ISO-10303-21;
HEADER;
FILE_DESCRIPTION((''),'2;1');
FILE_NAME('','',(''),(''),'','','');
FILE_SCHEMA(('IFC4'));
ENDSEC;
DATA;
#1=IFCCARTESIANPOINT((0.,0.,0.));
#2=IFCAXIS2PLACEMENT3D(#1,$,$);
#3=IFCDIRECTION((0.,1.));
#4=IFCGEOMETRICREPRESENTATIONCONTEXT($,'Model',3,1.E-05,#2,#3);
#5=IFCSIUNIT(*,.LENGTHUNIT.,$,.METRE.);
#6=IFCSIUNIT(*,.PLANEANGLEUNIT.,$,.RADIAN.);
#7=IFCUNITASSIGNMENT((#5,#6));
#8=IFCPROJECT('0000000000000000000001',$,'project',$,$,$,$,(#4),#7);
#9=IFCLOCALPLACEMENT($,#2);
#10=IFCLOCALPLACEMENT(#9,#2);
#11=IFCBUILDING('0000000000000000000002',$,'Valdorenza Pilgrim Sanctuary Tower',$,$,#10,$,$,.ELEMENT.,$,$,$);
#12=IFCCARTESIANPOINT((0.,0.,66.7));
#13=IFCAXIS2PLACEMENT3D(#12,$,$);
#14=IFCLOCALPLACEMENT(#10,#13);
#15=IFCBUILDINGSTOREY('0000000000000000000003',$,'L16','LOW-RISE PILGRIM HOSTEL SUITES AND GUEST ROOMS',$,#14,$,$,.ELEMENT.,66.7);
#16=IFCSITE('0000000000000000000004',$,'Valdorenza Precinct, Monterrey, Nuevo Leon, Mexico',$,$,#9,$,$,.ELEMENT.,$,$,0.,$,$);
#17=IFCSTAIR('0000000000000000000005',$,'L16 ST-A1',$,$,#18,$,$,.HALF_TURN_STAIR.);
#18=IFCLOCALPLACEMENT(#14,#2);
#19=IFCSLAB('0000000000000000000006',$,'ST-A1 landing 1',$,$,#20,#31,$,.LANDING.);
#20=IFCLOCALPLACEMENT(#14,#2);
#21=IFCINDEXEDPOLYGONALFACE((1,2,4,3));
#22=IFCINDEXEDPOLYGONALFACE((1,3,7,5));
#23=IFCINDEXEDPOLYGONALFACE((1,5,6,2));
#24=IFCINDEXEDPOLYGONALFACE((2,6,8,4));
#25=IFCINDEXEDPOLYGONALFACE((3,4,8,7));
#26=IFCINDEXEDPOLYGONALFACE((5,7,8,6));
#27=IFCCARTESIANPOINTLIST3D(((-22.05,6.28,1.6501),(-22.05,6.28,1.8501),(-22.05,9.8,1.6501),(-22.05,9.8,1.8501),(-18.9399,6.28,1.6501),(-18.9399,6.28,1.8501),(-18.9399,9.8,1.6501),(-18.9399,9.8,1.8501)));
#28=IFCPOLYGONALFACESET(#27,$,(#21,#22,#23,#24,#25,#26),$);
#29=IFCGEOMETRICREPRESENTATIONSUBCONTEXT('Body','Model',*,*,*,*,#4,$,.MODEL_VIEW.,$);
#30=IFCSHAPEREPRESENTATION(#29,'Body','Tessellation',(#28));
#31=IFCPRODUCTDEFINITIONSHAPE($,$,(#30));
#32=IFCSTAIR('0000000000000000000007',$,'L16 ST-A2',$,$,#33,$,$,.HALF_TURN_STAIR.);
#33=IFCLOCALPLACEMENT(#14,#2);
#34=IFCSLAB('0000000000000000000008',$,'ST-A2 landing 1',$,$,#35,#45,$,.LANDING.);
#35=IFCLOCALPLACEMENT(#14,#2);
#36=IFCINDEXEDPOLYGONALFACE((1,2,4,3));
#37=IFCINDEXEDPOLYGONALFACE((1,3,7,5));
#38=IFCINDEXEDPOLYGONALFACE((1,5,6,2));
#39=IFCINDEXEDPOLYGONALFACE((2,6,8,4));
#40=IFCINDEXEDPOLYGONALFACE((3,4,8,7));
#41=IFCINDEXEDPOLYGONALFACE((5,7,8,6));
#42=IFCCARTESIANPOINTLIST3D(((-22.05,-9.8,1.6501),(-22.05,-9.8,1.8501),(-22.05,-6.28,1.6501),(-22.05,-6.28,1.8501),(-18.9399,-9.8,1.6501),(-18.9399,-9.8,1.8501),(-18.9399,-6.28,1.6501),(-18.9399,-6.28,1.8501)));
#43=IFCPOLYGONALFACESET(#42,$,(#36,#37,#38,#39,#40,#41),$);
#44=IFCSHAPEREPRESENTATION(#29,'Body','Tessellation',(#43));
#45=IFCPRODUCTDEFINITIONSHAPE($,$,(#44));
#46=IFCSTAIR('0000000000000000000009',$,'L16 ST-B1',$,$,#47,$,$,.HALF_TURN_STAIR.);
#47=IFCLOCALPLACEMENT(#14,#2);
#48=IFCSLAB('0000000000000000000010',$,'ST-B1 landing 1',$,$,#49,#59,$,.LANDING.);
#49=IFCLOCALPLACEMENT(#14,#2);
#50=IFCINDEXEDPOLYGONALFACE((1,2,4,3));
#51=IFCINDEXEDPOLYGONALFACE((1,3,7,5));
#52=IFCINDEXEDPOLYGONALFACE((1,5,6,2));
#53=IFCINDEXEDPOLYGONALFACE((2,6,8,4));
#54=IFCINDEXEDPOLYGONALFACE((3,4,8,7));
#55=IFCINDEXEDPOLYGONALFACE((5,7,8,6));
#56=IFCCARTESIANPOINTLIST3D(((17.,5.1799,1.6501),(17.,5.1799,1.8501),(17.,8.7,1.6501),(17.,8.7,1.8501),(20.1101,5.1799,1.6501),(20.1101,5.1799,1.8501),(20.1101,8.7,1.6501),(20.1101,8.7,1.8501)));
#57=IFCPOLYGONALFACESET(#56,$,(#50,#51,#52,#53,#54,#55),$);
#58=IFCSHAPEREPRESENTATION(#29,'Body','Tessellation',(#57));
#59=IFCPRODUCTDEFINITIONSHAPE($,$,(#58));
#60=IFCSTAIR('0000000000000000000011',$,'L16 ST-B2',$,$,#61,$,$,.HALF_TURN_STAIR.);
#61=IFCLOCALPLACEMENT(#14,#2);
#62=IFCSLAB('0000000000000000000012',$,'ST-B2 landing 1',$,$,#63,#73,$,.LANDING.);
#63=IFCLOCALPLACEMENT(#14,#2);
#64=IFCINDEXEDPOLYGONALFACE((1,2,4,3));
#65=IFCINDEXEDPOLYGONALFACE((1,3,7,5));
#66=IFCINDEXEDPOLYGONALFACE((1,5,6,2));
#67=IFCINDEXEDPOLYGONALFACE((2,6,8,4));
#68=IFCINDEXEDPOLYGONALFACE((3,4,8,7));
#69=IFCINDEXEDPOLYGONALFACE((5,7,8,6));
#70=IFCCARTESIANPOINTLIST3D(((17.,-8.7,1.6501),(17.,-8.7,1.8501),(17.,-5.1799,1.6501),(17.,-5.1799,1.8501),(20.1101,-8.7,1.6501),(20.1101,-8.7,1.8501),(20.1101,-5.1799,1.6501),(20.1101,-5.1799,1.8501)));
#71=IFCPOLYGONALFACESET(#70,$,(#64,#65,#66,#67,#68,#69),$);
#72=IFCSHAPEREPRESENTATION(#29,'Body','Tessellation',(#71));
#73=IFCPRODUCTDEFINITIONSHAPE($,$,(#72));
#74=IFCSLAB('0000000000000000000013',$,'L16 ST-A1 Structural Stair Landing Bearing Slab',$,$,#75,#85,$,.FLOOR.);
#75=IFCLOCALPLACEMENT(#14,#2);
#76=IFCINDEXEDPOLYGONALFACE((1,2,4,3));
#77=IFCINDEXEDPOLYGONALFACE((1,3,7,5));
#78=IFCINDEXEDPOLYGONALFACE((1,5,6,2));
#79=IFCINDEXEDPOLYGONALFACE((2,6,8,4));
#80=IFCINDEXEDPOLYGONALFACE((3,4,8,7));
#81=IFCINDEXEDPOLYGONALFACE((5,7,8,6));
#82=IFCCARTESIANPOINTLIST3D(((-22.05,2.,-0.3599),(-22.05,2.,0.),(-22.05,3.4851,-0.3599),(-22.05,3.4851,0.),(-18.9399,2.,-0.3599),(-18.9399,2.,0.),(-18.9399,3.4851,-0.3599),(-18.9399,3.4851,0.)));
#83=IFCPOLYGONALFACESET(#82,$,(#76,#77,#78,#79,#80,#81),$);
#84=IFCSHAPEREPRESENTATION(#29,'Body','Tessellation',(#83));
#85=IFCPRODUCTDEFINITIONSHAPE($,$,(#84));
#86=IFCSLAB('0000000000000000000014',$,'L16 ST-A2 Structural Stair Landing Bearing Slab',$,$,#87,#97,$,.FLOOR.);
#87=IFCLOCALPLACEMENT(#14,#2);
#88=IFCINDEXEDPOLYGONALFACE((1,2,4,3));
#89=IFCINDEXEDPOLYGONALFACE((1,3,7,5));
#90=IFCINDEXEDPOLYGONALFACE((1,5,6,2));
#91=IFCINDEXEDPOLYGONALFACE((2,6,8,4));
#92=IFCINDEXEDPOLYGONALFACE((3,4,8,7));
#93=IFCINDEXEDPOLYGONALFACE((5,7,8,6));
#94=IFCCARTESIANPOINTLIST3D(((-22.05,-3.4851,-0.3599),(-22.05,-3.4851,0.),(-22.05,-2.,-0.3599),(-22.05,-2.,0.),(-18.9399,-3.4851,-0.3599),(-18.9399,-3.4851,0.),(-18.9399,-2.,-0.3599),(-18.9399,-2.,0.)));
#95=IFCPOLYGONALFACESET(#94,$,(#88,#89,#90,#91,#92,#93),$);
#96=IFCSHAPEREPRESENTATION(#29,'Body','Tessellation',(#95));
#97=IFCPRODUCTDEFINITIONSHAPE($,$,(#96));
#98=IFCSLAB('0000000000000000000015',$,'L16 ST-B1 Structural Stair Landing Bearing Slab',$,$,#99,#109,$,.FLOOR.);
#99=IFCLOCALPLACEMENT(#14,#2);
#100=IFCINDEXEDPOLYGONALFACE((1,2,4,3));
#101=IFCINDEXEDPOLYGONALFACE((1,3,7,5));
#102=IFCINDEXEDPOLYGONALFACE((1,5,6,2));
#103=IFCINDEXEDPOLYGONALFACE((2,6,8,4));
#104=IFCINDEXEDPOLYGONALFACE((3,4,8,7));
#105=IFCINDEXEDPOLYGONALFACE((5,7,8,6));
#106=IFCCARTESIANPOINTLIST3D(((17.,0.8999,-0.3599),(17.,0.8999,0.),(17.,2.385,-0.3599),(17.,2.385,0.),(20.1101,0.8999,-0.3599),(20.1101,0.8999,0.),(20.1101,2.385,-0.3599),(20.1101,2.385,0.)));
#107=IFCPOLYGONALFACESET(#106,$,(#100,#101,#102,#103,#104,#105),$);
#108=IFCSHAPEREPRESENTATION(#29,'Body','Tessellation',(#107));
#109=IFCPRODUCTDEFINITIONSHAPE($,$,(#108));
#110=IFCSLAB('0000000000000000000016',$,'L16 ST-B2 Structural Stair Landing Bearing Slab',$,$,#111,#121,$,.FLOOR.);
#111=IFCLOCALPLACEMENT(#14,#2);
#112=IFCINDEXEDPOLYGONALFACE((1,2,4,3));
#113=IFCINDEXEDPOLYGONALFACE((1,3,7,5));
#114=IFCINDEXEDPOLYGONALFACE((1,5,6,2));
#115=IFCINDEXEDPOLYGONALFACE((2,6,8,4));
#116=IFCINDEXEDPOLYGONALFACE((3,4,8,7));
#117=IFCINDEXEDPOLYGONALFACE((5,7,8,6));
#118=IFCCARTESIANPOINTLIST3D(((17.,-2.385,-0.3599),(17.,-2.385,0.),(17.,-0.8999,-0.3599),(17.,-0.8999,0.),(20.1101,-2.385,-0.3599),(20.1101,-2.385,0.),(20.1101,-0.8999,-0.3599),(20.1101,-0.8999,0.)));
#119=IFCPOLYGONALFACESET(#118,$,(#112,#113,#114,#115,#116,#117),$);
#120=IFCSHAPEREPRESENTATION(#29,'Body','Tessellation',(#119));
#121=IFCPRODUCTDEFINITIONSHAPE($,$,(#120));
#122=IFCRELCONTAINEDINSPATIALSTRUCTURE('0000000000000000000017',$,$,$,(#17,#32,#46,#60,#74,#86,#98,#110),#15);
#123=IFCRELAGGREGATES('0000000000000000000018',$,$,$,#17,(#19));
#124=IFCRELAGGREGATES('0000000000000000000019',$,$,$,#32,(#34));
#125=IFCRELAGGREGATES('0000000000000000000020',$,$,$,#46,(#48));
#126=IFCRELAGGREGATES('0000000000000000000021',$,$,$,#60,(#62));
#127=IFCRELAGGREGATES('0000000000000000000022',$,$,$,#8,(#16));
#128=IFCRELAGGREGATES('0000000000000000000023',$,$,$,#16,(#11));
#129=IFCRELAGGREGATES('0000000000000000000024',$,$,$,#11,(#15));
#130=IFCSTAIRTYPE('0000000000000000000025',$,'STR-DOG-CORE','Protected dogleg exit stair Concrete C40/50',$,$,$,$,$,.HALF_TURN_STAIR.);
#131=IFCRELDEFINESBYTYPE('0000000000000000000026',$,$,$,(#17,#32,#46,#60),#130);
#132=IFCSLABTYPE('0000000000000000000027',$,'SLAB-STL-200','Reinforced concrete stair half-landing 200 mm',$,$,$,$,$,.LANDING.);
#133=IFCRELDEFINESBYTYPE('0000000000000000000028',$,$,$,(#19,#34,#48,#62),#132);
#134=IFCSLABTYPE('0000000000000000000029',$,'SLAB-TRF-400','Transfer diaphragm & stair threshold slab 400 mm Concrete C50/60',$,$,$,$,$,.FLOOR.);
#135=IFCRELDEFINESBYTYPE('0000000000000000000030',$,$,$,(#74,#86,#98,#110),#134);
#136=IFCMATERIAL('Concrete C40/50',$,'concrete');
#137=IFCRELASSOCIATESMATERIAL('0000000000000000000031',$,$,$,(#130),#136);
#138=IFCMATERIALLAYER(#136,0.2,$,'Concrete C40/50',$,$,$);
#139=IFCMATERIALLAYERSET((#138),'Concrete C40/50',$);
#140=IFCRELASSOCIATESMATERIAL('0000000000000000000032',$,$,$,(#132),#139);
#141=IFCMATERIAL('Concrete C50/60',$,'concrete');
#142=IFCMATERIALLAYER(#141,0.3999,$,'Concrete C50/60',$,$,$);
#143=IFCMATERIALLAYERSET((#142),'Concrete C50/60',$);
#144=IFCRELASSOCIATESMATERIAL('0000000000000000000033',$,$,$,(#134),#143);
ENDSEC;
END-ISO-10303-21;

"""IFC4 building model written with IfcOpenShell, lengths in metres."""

from ifc_helpers import new_model, si_unit, direction, frame, origin, place, context, subcontext, project, spatial, polyline, outline, extrude, material, layer, layer_set, type_object, element, aggregate, save


model = new_model("IFC4")

# Units and contexts
model_context = context("Model", 3, precision=1e-05, world=origin(), true_north=direction((0.0, 1.0)))
body_context = subcontext(model_context, "Body", "Model", "MODEL_VIEW")
ifc_project = project(units=[si_unit("LENGTHUNIT", "METRE"), si_unit("PLANEANGLEUNIT", "RADIAN")], contexts=[model_context])

# Site, building, storey
site_placement = place(None, origin())
site = spatial("IfcSite", under=ifc_project, at=site_placement, Name="Valdorenza Precinct, Monterrey, Nuevo Leon, Mexico", CompositionType="ELEMENT", RefElevation=0.0)
building_placement = place(site_placement, origin())
building = spatial("IfcBuilding", under=site, at=building_placement, Name="Valdorenza Pilgrim Sanctuary Tower", CompositionType="ELEMENT")
storey_placement = place(building_placement, frame((0.0, 0.0, 66.7)))
storey = spatial("IfcBuildingStorey", under=building, at=storey_placement, Name="L16", Description="LOW-RISE PILGRIM HOSTEL SUITES AND GUEST ROOMS", CompositionType="ELEMENT", Elevation=66.7)

# Shared definitions
ifc_material_1 = material(Name="Concrete C40/50", Category="concrete")

# Stairs, slabs
stair_type = type_object("IfcStairType", Name="STR-DOG-CORE", Description="Protected dogleg exit stair Concrete C40/50", PredefinedType="HALF_TURN_STAIR", material=ifc_material_1)
stair_1_placement = place(storey_placement, origin())
stair_1 = element("IfcStair", 1, at=stair_1_placement, inside=storey, type_object=stair_type, Name="L16 ST-A1", PredefinedType="HALF_TURN_STAIR")
ifc_layer_1 = layer(ifc_material_1, 0.2, Name="Concrete C40/50")
ifc_layer_set_1 = layer_set([ifc_layer_1], Name="Concrete C40/50")
slab_type_1 = type_object("IfcSlabType", Name="SLAB-STL-200", Description="Reinforced concrete stair half-landing 200 mm", PredefinedType="LANDING", material=ifc_layer_set_1)
slab_1_placement = place(storey_placement, frame((0.0, 0.0, 1.6501)))
slab_1 = element("IfcSlab", 2, at=slab_1_placement, type_object=slab_type_1, Name="ST-A1 landing 1", PredefinedType="LANDING", context=body_context, shape_type="SweptSolid", body=[
    extrude(outline(polyline([(-18.9399, 6.28), (-18.9399, 9.8), (-22.05, 9.8), (-22.05, 6.28), (-18.9399, 6.28)])), origin(), (0.0, 0.0, 1.0), 0.2),
])
aggregate(stair_1, [slab_1])
stair_2_placement = place(storey_placement, origin())
stair_2 = element("IfcStair", 3, at=stair_2_placement, inside=storey, type_object=stair_type, Name="L16 ST-A2", PredefinedType="HALF_TURN_STAIR")
slab_2_placement = place(storey_placement, frame((0.0, 0.0, 1.6501)))
slab_2 = element("IfcSlab", 4, at=slab_2_placement, type_object=slab_type_1, Name="ST-A2 landing 1", PredefinedType="LANDING", context=body_context, shape_type="SweptSolid", body=[
    extrude(outline(polyline([(-22.05, -6.28), (-22.05, -9.8), (-18.9399, -9.8), (-18.9399, -6.28), (-22.05, -6.28)])), origin(), (0.0, 0.0, 1.0), 0.2),
])
aggregate(stair_2, [slab_2])
stair_3_placement = place(storey_placement, origin())
stair_3 = element("IfcStair", 5, at=stair_3_placement, inside=storey, type_object=stair_type, Name="L16 ST-B1", PredefinedType="HALF_TURN_STAIR")
slab_3_placement = place(storey_placement, frame((0.0, 0.0, 1.6501)))
slab_3 = element("IfcSlab", 6, at=slab_3_placement, type_object=slab_type_1, Name="ST-B1 landing 1", PredefinedType="LANDING", context=body_context, shape_type="SweptSolid", body=[
    extrude(outline(polyline([(20.1101, 5.1799), (20.1101, 8.7), (17.0, 8.7), (17.0, 5.1799), (20.1101, 5.1799)])), origin(), (0.0, 0.0, 1.0), 0.2),
])
aggregate(stair_3, [slab_3])
stair_4_placement = place(storey_placement, origin())
stair_4 = element("IfcStair", 7, at=stair_4_placement, inside=storey, type_object=stair_type, Name="L16 ST-B2", PredefinedType="HALF_TURN_STAIR")
slab_4_placement = place(storey_placement, frame((0.0, 0.0, 1.6501)))
slab_4 = element("IfcSlab", 8, at=slab_4_placement, type_object=slab_type_1, Name="ST-B2 landing 1", PredefinedType="LANDING", context=body_context, shape_type="SweptSolid", body=[
    extrude(outline(polyline([(17.0, -5.1799), (17.0, -8.7), (20.1101, -8.7), (20.1101, -5.1799), (17.0, -5.1799)])), origin(), (0.0, 0.0, 1.0), 0.2),
])
aggregate(stair_4, [slab_4])

# Slabs
ifc_material_2 = material(Name="Concrete C50/60", Category="concrete")
ifc_layer_2 = layer(ifc_material_2, 0.3999, Name="Concrete C50/60")
ifc_layer_set_2 = layer_set([ifc_layer_2], Name="Concrete C50/60")
slab_type_2 = type_object("IfcSlabType", Name="SLAB-TRF-400", Description="Transfer diaphragm & stair threshold slab 400 mm Concrete C50/60", PredefinedType="FLOOR", material=ifc_layer_set_2)
slab_5_placement = place(storey_placement, frame((0.0, 0.0, -0.3599)))
element("IfcSlab", 9, at=slab_5_placement, inside=storey, type_object=slab_type_2, Name="L16 ST-A1 Structural Stair Landing Bearing Slab", PredefinedType="FLOOR", context=body_context, shape_type="SweptSolid", body=[
    extrude(outline(polyline([(-22.05, 2.0), (-18.9399, 2.0), (-18.9399, 3.4851), (-22.05, 3.4851), (-22.05, 2.0)])), origin(), (0.0, 0.0, 1.0), 0.3599),
])
slab_6_placement = place(storey_placement, frame((0.0, 0.0, -0.3599)))
element("IfcSlab", 10, at=slab_6_placement, inside=storey, type_object=slab_type_2, Name="L16 ST-A2 Structural Stair Landing Bearing Slab", PredefinedType="FLOOR", context=body_context, shape_type="SweptSolid", body=[
    extrude(outline(polyline([(-22.05, -3.4851), (-18.9399, -3.4851), (-18.9399, -2.0), (-22.05, -2.0), (-22.05, -3.4851)])), origin(), (0.0, 0.0, 1.0), 0.3599),
])
slab_7_placement = place(storey_placement, frame((0.0, 0.0, -0.3599)))
element("IfcSlab", 11, at=slab_7_placement, inside=storey, type_object=slab_type_2, Name="L16 ST-B1 Structural Stair Landing Bearing Slab", PredefinedType="FLOOR", context=body_context, shape_type="SweptSolid", body=[
    extrude(outline(polyline([(17.0, 0.8999), (20.1101, 0.8999), (20.1101, 2.385), (17.0, 2.385), (17.0, 0.8999)])), origin(), (0.0, 0.0, 1.0), 0.3599),
])
slab_8_placement = place(storey_placement, frame((0.0, 0.0, -0.3599)))
element("IfcSlab", 12, at=slab_8_placement, inside=storey, type_object=slab_type_2, Name="L16 ST-B2 Structural Stair Landing Bearing Slab", PredefinedType="FLOOR", context=body_context, shape_type="SweptSolid", body=[
    extrude(outline(polyline([(17.0, -2.385), (20.1101, -2.385), (20.1101, -0.8999), (17.0, -0.8999), (17.0, -2.385)])), origin(), (0.0, 0.0, 1.0), 0.3599),
])

save(model, "model.ifc")
